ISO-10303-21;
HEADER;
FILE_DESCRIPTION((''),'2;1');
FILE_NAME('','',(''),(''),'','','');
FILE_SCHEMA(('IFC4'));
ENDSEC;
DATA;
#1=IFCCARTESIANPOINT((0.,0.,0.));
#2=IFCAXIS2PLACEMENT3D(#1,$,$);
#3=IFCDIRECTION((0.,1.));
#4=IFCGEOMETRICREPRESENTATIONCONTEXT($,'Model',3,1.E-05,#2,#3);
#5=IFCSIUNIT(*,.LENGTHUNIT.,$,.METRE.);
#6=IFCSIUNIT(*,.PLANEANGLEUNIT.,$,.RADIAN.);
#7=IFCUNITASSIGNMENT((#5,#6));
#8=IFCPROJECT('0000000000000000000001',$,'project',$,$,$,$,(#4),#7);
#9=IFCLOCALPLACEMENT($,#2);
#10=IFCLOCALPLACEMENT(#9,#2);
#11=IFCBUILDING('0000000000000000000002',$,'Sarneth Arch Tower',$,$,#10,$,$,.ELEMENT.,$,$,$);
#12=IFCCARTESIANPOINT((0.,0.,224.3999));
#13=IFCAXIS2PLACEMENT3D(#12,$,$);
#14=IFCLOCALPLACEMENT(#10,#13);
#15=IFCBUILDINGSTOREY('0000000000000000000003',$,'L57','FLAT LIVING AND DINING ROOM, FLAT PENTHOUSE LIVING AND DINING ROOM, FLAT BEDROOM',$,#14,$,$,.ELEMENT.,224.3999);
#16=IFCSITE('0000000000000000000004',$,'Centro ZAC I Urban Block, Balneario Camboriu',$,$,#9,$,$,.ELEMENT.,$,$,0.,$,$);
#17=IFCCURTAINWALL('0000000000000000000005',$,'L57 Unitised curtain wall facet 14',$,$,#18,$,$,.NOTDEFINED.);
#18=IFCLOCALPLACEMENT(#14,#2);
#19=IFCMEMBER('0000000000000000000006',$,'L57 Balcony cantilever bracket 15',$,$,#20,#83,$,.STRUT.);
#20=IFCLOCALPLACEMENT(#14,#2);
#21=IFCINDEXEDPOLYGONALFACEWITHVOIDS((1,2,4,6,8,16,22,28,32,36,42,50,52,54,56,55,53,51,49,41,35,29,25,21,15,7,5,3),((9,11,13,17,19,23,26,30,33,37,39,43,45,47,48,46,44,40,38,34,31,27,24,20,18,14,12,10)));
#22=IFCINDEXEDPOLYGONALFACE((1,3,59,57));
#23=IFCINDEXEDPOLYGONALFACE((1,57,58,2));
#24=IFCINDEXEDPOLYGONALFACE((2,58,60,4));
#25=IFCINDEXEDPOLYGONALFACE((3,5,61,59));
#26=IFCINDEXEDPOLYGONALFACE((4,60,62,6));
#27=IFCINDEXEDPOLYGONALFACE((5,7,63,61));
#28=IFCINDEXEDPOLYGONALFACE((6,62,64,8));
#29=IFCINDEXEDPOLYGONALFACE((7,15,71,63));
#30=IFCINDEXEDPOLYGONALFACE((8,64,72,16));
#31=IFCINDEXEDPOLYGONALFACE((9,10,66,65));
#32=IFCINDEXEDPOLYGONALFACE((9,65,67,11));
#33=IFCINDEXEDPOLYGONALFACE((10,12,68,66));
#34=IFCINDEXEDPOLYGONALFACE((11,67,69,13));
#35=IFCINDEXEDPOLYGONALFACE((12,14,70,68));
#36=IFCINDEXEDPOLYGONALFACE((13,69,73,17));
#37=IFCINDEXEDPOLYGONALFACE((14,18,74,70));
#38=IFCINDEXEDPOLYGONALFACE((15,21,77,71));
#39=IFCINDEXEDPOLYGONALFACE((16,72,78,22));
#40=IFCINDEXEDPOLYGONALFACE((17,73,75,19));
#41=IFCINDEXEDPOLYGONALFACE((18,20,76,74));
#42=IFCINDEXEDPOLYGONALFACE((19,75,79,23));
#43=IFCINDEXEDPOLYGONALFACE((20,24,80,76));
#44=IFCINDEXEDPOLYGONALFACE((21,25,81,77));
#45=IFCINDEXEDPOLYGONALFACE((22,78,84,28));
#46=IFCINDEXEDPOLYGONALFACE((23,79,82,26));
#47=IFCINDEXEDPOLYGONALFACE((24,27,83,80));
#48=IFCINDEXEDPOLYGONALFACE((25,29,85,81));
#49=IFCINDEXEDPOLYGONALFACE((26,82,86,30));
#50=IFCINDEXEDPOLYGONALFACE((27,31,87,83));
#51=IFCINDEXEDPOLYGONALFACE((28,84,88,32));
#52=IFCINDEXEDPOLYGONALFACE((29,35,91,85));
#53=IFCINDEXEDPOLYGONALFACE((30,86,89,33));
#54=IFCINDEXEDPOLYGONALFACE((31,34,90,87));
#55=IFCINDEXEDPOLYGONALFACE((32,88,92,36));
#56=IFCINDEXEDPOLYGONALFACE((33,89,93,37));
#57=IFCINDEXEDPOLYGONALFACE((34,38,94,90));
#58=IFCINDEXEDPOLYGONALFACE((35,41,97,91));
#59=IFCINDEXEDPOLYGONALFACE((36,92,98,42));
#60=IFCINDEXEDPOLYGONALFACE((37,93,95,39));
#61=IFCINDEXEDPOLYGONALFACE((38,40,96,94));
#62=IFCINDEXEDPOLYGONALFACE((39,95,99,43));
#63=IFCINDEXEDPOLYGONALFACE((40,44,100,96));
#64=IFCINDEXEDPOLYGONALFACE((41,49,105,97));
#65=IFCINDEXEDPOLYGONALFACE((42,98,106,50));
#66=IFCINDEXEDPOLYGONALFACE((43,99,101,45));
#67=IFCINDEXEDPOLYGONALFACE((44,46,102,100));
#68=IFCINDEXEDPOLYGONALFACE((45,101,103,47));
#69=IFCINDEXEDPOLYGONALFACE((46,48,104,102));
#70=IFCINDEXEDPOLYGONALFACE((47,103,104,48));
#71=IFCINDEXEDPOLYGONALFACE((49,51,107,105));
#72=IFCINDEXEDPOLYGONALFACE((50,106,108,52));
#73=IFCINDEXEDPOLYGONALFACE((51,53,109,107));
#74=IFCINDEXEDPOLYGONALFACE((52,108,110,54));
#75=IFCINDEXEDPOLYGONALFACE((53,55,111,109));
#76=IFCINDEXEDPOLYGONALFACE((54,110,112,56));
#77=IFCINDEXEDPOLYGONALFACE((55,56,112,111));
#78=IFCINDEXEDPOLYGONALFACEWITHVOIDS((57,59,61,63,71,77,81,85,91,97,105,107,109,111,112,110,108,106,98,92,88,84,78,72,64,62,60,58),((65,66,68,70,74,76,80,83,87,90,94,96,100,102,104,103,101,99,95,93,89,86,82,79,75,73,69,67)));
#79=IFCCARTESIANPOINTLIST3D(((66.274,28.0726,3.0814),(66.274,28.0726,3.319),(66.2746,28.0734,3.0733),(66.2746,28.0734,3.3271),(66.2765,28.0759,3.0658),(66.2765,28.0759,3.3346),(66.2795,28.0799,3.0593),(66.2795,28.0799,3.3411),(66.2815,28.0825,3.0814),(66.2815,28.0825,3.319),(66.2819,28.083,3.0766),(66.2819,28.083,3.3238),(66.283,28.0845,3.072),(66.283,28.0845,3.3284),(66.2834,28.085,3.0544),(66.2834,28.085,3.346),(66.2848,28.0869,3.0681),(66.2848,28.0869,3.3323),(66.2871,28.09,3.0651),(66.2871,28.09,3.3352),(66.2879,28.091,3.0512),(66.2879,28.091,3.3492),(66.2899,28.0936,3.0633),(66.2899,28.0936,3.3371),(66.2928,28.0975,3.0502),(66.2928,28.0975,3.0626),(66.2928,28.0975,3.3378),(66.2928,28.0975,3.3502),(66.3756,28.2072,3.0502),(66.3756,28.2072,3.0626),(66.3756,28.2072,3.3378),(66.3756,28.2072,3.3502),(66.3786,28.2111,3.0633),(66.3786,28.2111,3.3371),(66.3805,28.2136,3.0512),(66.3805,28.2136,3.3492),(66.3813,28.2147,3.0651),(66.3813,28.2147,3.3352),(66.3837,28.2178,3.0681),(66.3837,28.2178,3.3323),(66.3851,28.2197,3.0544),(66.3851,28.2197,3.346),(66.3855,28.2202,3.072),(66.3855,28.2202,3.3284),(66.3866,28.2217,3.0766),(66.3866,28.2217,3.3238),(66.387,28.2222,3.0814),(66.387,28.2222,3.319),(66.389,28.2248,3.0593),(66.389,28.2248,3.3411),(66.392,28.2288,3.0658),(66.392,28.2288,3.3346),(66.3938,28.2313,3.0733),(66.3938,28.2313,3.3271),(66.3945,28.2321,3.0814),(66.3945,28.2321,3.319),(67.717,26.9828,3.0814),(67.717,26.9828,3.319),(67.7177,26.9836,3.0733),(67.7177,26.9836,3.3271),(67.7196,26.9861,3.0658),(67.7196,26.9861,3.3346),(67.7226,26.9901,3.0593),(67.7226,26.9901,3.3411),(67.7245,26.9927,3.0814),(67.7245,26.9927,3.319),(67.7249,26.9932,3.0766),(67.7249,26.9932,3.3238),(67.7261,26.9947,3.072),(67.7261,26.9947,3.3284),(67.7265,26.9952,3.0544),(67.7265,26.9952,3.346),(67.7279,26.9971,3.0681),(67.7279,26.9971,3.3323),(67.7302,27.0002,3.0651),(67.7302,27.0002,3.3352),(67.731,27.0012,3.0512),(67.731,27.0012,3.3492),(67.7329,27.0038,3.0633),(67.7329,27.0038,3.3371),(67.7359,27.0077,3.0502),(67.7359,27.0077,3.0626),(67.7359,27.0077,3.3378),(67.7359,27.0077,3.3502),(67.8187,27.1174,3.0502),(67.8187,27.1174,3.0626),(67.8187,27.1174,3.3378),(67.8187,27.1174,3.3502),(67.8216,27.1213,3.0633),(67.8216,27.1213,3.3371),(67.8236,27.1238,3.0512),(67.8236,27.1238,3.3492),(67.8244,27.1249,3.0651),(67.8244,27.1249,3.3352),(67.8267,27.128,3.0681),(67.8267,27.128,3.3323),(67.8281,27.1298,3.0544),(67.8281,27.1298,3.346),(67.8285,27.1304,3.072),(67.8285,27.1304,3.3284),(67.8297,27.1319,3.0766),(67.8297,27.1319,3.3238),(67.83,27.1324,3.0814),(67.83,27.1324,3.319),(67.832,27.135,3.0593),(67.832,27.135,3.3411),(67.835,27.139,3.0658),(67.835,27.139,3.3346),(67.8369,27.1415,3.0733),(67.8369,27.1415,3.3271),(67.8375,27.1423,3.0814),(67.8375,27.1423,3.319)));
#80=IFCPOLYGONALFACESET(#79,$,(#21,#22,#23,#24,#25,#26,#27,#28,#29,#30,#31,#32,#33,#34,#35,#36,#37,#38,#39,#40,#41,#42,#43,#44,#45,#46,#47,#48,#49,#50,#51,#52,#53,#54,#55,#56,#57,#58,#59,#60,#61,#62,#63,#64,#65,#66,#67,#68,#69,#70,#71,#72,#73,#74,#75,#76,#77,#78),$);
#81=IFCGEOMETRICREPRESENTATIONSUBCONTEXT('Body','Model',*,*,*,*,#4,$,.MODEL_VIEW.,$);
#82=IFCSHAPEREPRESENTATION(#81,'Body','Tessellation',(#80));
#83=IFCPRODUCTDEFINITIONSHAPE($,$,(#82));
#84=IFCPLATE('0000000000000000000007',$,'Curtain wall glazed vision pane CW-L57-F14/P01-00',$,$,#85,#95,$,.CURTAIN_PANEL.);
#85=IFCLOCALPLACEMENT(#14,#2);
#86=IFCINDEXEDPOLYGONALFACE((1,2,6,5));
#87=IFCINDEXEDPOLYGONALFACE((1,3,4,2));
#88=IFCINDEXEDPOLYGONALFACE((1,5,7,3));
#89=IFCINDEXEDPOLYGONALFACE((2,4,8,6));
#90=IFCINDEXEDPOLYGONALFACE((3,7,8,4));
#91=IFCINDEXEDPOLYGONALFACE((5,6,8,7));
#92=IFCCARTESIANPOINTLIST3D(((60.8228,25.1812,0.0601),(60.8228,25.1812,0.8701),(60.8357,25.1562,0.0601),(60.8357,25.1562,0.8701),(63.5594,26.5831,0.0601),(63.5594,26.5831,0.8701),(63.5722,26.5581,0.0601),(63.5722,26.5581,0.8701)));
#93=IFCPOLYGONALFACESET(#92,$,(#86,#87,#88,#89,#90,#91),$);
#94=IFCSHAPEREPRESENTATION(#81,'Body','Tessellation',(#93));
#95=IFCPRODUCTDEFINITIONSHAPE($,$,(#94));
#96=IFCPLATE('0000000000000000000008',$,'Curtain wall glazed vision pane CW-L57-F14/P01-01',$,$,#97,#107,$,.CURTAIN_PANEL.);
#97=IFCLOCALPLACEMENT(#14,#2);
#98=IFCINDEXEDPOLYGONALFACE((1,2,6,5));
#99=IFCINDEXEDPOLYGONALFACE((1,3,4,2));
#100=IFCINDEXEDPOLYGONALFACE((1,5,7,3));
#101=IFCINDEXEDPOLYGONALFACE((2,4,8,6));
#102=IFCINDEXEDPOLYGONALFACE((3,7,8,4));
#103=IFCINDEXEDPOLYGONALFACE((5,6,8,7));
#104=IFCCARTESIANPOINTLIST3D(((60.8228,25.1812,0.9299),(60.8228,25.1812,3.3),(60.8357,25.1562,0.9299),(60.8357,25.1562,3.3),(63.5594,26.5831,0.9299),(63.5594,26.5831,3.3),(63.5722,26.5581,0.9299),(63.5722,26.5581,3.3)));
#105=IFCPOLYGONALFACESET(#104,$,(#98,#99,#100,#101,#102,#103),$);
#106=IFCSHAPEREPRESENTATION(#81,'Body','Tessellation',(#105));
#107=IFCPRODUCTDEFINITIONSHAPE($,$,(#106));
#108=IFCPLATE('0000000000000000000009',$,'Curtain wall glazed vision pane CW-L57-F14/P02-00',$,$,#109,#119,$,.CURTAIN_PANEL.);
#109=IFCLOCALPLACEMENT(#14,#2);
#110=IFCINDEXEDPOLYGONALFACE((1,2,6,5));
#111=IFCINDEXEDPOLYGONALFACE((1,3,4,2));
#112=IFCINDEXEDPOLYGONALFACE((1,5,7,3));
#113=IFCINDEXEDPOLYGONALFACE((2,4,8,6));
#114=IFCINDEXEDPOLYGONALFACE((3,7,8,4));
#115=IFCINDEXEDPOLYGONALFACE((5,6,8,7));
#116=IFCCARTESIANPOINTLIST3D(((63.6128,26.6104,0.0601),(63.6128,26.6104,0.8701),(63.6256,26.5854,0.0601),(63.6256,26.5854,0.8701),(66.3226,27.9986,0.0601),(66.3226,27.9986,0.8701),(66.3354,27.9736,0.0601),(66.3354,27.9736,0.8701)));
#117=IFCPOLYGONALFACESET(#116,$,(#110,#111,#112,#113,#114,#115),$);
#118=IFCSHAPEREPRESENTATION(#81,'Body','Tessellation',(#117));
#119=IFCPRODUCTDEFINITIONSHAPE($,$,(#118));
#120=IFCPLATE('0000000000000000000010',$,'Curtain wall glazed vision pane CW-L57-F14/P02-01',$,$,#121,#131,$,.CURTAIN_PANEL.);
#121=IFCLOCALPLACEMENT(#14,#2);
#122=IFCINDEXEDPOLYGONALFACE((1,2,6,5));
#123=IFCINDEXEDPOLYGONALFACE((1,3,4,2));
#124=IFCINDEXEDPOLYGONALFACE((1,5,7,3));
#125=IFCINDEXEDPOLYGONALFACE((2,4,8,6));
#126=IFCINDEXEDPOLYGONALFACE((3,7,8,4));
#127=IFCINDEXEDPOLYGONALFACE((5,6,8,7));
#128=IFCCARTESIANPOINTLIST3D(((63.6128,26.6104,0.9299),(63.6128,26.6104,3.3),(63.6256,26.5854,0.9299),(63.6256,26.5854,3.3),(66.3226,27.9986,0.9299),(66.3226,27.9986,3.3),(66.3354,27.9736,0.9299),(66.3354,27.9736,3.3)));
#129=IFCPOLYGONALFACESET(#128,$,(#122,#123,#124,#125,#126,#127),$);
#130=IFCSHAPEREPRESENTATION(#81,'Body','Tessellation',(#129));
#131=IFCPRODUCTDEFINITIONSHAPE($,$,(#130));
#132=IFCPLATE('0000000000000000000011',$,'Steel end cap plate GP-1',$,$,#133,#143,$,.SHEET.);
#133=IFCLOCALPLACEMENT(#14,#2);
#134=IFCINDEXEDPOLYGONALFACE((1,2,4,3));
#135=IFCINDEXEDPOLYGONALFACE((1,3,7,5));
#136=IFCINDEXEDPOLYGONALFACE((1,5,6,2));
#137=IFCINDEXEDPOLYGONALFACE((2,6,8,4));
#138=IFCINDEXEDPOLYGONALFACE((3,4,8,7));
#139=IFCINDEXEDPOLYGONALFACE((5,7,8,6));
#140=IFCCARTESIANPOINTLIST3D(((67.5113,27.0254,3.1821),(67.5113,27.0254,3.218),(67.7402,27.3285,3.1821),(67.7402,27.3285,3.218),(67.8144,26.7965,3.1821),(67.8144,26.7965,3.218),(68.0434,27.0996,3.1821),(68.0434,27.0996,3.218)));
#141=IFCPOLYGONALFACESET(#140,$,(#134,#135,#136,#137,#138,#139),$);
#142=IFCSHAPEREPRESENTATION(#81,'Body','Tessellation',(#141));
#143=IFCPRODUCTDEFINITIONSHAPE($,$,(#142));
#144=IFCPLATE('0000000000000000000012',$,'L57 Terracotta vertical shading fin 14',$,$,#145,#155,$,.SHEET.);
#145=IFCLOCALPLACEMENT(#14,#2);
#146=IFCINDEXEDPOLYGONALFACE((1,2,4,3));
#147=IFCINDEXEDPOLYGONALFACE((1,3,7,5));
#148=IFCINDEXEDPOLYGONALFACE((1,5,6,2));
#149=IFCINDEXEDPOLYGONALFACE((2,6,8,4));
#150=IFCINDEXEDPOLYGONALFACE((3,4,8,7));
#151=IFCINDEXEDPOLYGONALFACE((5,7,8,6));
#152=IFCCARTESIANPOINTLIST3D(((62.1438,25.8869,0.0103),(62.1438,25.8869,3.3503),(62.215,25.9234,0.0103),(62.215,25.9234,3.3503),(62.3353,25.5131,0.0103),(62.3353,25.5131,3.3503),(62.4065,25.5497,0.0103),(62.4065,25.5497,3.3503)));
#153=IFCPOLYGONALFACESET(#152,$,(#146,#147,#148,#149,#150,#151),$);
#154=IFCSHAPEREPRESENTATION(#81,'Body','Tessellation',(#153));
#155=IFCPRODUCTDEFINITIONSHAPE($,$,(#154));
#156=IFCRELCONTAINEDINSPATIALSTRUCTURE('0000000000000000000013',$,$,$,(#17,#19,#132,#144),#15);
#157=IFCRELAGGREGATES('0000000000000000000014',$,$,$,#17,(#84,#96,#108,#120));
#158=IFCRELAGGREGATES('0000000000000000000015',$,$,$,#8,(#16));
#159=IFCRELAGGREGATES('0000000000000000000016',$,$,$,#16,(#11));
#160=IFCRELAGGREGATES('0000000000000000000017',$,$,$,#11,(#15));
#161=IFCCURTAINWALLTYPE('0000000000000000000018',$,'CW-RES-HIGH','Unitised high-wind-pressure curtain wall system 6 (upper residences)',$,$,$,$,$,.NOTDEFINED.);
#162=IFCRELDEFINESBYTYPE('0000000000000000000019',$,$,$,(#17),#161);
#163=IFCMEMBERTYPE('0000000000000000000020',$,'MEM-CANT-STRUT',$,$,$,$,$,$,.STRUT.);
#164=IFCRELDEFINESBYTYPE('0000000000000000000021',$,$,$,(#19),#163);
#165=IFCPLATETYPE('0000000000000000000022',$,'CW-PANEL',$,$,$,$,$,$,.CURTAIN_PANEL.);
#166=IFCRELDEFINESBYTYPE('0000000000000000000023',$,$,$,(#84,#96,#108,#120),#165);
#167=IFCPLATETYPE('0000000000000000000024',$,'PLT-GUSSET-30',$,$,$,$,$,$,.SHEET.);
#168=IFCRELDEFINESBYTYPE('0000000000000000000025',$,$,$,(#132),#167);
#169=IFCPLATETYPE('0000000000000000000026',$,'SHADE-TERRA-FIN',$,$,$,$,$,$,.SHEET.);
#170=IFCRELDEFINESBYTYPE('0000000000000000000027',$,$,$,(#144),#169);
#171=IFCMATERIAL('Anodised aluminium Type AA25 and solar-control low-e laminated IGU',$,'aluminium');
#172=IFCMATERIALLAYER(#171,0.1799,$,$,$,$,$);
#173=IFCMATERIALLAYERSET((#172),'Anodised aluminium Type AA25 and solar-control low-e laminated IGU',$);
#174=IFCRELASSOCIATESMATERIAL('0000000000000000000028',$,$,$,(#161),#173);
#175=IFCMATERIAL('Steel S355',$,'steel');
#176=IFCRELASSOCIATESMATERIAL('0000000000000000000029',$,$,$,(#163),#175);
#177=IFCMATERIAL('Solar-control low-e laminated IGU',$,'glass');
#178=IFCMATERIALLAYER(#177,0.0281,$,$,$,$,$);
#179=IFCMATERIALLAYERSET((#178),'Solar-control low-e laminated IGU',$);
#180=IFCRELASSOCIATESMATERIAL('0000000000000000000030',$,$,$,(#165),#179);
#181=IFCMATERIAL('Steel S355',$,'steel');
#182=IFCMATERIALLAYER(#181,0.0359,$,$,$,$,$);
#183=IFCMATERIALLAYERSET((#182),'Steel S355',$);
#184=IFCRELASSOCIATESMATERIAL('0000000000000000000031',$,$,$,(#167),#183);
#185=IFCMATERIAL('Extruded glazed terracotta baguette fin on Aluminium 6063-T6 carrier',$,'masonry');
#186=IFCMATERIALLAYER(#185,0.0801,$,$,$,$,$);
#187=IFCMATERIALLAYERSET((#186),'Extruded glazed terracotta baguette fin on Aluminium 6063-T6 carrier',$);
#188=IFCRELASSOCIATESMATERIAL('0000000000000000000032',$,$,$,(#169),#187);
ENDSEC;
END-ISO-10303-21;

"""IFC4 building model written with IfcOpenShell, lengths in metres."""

from ifc_helpers import new_model, si_unit, direction, frame, origin, origin_2d, place, context, subcontext, project, spatial, rectangle, hollow_rectangle, extrude, material, layer, layer_set, material_profile, profile_set, type_object, element, aggregate, save


model = new_model("IFC4")

# Units and contexts
model_context = context("Model", 3, precision=1e-05, world=origin(), true_north=direction((0.0, 1.0)))
body_context = subcontext(model_context, "Body", "Model", "MODEL_VIEW")
ifc_project = project(units=[si_unit("LENGTHUNIT", "METRE"), si_unit("PLANEANGLEUNIT", "RADIAN")], contexts=[model_context])

# Site, building, storey
site_placement = place(None, origin())
site = spatial("IfcSite", under=ifc_project, at=site_placement, Name="Centro ZAC I Urban Block, Balneario Camboriu", CompositionType="ELEMENT", RefElevation=0.0)
building_placement = place(site_placement, origin())
building = spatial("IfcBuilding", under=site, at=building_placement, Name="Sarneth Arch Tower", CompositionType="ELEMENT")
storey_placement = place(building_placement, frame((0.0, 0.0, 224.3999)))
storey = spatial("IfcBuildingStorey", under=building, at=storey_placement, Name="L57", Description="FLAT LIVING AND DINING ROOM, FLAT PENTHOUSE LIVING AND DINING ROOM, FLAT BEDROOM", CompositionType="ELEMENT", Elevation=224.3999)

# Curtain wall
ifc_material_1 = material(Name="Anodised aluminium Type AA25 and solar-control low-e laminated IGU", Category="aluminium")
ifc_layer_1 = layer(ifc_material_1, 0.1799)
ifc_layer_set_1 = layer_set([ifc_layer_1], Name="Anodised aluminium Type AA25 and solar-control low-e laminated IGU")
curtain_wall_type = type_object("IfcCurtainWallType", Name="CW-RES-HIGH", Description="Unitised high-wind-pressure curtain wall system 6 (upper residences)", PredefinedType="NOTDEFINED", material=ifc_layer_set_1)
curtain_wall_placement = place(storey_placement, origin())
curtain_wall = element("IfcCurtainWall", 1, at=curtain_wall_placement, inside=storey, type_object=curtain_wall_type, Name="L57 Unitised curtain wall facet 14", PredefinedType="NOTDEFINED")

# Member
ifc_material_2 = material(Name="Steel S355", Category="steel")
ifc_material_profile_1 = material_profile(ifc_material_2, hollow_rectangle(XDim=0.2, YDim=0.3, WallThickness=0.0125, InnerFilletRadius=0.0188, OuterFilletRadius=0.0312, at=origin_2d()), Name="RHS300x200x12.5")
ifc_profile_set_1 = profile_set([ifc_material_profile_1], Name="Steel S355")
member_type_1 = type_object("IfcMemberType", Name="MEM-CANT-STRUT", PredefinedType="STRUT", material=ifc_profile_set_1)
member_1_placement = place(storey_placement, frame((66.3342, 28.1523, 3.2002), z_axis=(0.798003, -0.602654, 0.0), x_axis=(0.602654, 0.798003, 0.0)))
element("IfcMember", 2, at=member_1_placement, inside=storey, type_object=member_type_1, Name="L57 Balcony cantilever bracket 15", PredefinedType="STRUT", context=body_context, shape_type="SweptSolid", body=[
    extrude(hollow_rectangle(XDim=0.2, YDim=0.3, WallThickness=0.0125, InnerFilletRadius=0.0188, OuterFilletRadius=0.0312, at=origin_2d()), origin(), (0.0, 0.0, 1.0), 1.8083),
])

# Plates
ifc_material_3 = material(Name="Solar-control low-e laminated IGU", Category="glass")
ifc_layer_2 = layer(ifc_material_3, 0.0281)
ifc_layer_set_2 = layer_set([ifc_layer_2], Name="Solar-control low-e laminated IGU")
plate_type_1 = type_object("IfcPlateType", Name="CW-PANEL", PredefinedType="CURTAIN_PANEL", material=ifc_layer_set_2)
plate_1_placement = place(storey_placement, frame((62.1975, 25.8696, 0.0601), z_axis=(0.0, 0.0, 1.0), x_axis=(0.89001, 0.455942, 0.0)))
plate_1 = element("IfcPlate", 3, at=plate_1_placement, type_object=plate_type_1, Name="Curtain wall glazed vision pane CW-L57-F14/P01-00", PredefinedType="CURTAIN_PANEL", context=body_context, shape_type="SweptSolid", body=[
    extrude(rectangle(XDim=3.0747, YDim=0.0281, at=origin_2d()), origin(), (0.0, 0.0, 1.0), 0.8101),
])
plate_2_placement = place(storey_placement, frame((62.1975, 25.8696, 0.9299), z_axis=(0.0, 0.0, 1.0), x_axis=(0.89001, 0.455942, 0.0)))
plate_2 = element("IfcPlate", 4, at=plate_2_placement, type_object=plate_type_1, Name="Curtain wall glazed vision pane CW-L57-F14/P01-01", PredefinedType="CURTAIN_PANEL", context=body_context, shape_type="SweptSolid", body=[
    extrude(rectangle(XDim=3.0747, YDim=0.0281, at=origin_2d()), origin(), (0.0, 0.0, 1.0), 2.3701),
])
plate_3_placement = place(storey_placement, frame((64.9741, 27.292, 0.0601), z_axis=(0.0, 0.0, 1.0), x_axis=(0.89001, 0.455942, 0.0)))
plate_3 = element("IfcPlate", 5, at=plate_3_placement, type_object=plate_type_1, Name="Curtain wall glazed vision pane CW-L57-F14/P02-00", PredefinedType="CURTAIN_PANEL", context=body_context, shape_type="SweptSolid", body=[
    extrude(rectangle(XDim=3.0447, YDim=0.0281, at=origin_2d()), origin(), (0.0, 0.0, 1.0), 0.8101),
])
plate_4_placement = place(storey_placement, frame((64.9741, 27.292, 0.9299), z_axis=(0.0, 0.0, 1.0), x_axis=(0.89001, 0.455942, 0.0)))
plate_4 = element("IfcPlate", 6, at=plate_4_placement, type_object=plate_type_1, Name="Curtain wall glazed vision pane CW-L57-F14/P02-01", PredefinedType="CURTAIN_PANEL", context=body_context, shape_type="SweptSolid", body=[
    extrude(rectangle(XDim=3.0447, YDim=0.0281, at=origin_2d()), origin(), (0.0, 0.0, 1.0), 2.3701),
])
aggregate(curtain_wall, [plate_1, plate_2, plate_3, plate_4])

# Plates
ifc_material_4 = material(Name="Steel S355", Category="steel")
ifc_layer_3 = layer(ifc_material_4, 0.0359)
ifc_layer_set_3 = layer_set([ifc_layer_3], Name="Steel S355")
plate_type_2 = type_object("IfcPlateType", Name="PLT-GUSSET-30", PredefinedType="SHEET", material=ifc_layer_set_3)
plate_5_placement = place(storey_placement, frame((67.7773, 27.0625, 3.1821), z_axis=(0.0, 0.0, 1.0), x_axis=(0.798005, -0.602651, 0.0)))
element("IfcPlate", 7, at=plate_5_placement, inside=storey, type_object=plate_type_2, Name="Steel end cap plate GP-1", PredefinedType="SHEET", context=body_context, shape_type="SweptSolid", body=[
    extrude(rectangle(XDim=0.3799, YDim=0.3799, at=origin_2d()), origin(), (0.0, 0.0, 1.0), 0.0359),
])
ifc_material_5 = material(Name="Extruded glazed terracotta baguette fin on Aluminium 6063-T6 carrier", Category="masonry")
ifc_layer_4 = layer(ifc_material_5, 0.0801)
ifc_layer_set_4 = layer_set([ifc_layer_4], Name="Extruded glazed terracotta baguette fin on Aluminium 6063-T6 carrier")
plate_type_3 = type_object("IfcPlateType", Name="SHADE-TERRA-FIN", PredefinedType="SHEET", material=ifc_layer_set_4)
plate_6_placement = place(storey_placement, frame((62.2751, 25.7183, 0.0103), z_axis=(0.0, 0.0, 1.0), x_axis=(0.456011, -0.889974, 0.0)))
element("IfcPlate", 8, at=plate_6_placement, inside=storey, type_object=plate_type_3, Name="L57 Terracotta vertical shading fin 14", PredefinedType="SHEET", context=body_context, shape_type="SweptSolid", body=[
    extrude(rectangle(XDim=0.4199, YDim=0.0801, at=origin_2d()), origin(), (0.0, 0.0, 1.0), 3.3401),
])

save(model, "model.ifc")
